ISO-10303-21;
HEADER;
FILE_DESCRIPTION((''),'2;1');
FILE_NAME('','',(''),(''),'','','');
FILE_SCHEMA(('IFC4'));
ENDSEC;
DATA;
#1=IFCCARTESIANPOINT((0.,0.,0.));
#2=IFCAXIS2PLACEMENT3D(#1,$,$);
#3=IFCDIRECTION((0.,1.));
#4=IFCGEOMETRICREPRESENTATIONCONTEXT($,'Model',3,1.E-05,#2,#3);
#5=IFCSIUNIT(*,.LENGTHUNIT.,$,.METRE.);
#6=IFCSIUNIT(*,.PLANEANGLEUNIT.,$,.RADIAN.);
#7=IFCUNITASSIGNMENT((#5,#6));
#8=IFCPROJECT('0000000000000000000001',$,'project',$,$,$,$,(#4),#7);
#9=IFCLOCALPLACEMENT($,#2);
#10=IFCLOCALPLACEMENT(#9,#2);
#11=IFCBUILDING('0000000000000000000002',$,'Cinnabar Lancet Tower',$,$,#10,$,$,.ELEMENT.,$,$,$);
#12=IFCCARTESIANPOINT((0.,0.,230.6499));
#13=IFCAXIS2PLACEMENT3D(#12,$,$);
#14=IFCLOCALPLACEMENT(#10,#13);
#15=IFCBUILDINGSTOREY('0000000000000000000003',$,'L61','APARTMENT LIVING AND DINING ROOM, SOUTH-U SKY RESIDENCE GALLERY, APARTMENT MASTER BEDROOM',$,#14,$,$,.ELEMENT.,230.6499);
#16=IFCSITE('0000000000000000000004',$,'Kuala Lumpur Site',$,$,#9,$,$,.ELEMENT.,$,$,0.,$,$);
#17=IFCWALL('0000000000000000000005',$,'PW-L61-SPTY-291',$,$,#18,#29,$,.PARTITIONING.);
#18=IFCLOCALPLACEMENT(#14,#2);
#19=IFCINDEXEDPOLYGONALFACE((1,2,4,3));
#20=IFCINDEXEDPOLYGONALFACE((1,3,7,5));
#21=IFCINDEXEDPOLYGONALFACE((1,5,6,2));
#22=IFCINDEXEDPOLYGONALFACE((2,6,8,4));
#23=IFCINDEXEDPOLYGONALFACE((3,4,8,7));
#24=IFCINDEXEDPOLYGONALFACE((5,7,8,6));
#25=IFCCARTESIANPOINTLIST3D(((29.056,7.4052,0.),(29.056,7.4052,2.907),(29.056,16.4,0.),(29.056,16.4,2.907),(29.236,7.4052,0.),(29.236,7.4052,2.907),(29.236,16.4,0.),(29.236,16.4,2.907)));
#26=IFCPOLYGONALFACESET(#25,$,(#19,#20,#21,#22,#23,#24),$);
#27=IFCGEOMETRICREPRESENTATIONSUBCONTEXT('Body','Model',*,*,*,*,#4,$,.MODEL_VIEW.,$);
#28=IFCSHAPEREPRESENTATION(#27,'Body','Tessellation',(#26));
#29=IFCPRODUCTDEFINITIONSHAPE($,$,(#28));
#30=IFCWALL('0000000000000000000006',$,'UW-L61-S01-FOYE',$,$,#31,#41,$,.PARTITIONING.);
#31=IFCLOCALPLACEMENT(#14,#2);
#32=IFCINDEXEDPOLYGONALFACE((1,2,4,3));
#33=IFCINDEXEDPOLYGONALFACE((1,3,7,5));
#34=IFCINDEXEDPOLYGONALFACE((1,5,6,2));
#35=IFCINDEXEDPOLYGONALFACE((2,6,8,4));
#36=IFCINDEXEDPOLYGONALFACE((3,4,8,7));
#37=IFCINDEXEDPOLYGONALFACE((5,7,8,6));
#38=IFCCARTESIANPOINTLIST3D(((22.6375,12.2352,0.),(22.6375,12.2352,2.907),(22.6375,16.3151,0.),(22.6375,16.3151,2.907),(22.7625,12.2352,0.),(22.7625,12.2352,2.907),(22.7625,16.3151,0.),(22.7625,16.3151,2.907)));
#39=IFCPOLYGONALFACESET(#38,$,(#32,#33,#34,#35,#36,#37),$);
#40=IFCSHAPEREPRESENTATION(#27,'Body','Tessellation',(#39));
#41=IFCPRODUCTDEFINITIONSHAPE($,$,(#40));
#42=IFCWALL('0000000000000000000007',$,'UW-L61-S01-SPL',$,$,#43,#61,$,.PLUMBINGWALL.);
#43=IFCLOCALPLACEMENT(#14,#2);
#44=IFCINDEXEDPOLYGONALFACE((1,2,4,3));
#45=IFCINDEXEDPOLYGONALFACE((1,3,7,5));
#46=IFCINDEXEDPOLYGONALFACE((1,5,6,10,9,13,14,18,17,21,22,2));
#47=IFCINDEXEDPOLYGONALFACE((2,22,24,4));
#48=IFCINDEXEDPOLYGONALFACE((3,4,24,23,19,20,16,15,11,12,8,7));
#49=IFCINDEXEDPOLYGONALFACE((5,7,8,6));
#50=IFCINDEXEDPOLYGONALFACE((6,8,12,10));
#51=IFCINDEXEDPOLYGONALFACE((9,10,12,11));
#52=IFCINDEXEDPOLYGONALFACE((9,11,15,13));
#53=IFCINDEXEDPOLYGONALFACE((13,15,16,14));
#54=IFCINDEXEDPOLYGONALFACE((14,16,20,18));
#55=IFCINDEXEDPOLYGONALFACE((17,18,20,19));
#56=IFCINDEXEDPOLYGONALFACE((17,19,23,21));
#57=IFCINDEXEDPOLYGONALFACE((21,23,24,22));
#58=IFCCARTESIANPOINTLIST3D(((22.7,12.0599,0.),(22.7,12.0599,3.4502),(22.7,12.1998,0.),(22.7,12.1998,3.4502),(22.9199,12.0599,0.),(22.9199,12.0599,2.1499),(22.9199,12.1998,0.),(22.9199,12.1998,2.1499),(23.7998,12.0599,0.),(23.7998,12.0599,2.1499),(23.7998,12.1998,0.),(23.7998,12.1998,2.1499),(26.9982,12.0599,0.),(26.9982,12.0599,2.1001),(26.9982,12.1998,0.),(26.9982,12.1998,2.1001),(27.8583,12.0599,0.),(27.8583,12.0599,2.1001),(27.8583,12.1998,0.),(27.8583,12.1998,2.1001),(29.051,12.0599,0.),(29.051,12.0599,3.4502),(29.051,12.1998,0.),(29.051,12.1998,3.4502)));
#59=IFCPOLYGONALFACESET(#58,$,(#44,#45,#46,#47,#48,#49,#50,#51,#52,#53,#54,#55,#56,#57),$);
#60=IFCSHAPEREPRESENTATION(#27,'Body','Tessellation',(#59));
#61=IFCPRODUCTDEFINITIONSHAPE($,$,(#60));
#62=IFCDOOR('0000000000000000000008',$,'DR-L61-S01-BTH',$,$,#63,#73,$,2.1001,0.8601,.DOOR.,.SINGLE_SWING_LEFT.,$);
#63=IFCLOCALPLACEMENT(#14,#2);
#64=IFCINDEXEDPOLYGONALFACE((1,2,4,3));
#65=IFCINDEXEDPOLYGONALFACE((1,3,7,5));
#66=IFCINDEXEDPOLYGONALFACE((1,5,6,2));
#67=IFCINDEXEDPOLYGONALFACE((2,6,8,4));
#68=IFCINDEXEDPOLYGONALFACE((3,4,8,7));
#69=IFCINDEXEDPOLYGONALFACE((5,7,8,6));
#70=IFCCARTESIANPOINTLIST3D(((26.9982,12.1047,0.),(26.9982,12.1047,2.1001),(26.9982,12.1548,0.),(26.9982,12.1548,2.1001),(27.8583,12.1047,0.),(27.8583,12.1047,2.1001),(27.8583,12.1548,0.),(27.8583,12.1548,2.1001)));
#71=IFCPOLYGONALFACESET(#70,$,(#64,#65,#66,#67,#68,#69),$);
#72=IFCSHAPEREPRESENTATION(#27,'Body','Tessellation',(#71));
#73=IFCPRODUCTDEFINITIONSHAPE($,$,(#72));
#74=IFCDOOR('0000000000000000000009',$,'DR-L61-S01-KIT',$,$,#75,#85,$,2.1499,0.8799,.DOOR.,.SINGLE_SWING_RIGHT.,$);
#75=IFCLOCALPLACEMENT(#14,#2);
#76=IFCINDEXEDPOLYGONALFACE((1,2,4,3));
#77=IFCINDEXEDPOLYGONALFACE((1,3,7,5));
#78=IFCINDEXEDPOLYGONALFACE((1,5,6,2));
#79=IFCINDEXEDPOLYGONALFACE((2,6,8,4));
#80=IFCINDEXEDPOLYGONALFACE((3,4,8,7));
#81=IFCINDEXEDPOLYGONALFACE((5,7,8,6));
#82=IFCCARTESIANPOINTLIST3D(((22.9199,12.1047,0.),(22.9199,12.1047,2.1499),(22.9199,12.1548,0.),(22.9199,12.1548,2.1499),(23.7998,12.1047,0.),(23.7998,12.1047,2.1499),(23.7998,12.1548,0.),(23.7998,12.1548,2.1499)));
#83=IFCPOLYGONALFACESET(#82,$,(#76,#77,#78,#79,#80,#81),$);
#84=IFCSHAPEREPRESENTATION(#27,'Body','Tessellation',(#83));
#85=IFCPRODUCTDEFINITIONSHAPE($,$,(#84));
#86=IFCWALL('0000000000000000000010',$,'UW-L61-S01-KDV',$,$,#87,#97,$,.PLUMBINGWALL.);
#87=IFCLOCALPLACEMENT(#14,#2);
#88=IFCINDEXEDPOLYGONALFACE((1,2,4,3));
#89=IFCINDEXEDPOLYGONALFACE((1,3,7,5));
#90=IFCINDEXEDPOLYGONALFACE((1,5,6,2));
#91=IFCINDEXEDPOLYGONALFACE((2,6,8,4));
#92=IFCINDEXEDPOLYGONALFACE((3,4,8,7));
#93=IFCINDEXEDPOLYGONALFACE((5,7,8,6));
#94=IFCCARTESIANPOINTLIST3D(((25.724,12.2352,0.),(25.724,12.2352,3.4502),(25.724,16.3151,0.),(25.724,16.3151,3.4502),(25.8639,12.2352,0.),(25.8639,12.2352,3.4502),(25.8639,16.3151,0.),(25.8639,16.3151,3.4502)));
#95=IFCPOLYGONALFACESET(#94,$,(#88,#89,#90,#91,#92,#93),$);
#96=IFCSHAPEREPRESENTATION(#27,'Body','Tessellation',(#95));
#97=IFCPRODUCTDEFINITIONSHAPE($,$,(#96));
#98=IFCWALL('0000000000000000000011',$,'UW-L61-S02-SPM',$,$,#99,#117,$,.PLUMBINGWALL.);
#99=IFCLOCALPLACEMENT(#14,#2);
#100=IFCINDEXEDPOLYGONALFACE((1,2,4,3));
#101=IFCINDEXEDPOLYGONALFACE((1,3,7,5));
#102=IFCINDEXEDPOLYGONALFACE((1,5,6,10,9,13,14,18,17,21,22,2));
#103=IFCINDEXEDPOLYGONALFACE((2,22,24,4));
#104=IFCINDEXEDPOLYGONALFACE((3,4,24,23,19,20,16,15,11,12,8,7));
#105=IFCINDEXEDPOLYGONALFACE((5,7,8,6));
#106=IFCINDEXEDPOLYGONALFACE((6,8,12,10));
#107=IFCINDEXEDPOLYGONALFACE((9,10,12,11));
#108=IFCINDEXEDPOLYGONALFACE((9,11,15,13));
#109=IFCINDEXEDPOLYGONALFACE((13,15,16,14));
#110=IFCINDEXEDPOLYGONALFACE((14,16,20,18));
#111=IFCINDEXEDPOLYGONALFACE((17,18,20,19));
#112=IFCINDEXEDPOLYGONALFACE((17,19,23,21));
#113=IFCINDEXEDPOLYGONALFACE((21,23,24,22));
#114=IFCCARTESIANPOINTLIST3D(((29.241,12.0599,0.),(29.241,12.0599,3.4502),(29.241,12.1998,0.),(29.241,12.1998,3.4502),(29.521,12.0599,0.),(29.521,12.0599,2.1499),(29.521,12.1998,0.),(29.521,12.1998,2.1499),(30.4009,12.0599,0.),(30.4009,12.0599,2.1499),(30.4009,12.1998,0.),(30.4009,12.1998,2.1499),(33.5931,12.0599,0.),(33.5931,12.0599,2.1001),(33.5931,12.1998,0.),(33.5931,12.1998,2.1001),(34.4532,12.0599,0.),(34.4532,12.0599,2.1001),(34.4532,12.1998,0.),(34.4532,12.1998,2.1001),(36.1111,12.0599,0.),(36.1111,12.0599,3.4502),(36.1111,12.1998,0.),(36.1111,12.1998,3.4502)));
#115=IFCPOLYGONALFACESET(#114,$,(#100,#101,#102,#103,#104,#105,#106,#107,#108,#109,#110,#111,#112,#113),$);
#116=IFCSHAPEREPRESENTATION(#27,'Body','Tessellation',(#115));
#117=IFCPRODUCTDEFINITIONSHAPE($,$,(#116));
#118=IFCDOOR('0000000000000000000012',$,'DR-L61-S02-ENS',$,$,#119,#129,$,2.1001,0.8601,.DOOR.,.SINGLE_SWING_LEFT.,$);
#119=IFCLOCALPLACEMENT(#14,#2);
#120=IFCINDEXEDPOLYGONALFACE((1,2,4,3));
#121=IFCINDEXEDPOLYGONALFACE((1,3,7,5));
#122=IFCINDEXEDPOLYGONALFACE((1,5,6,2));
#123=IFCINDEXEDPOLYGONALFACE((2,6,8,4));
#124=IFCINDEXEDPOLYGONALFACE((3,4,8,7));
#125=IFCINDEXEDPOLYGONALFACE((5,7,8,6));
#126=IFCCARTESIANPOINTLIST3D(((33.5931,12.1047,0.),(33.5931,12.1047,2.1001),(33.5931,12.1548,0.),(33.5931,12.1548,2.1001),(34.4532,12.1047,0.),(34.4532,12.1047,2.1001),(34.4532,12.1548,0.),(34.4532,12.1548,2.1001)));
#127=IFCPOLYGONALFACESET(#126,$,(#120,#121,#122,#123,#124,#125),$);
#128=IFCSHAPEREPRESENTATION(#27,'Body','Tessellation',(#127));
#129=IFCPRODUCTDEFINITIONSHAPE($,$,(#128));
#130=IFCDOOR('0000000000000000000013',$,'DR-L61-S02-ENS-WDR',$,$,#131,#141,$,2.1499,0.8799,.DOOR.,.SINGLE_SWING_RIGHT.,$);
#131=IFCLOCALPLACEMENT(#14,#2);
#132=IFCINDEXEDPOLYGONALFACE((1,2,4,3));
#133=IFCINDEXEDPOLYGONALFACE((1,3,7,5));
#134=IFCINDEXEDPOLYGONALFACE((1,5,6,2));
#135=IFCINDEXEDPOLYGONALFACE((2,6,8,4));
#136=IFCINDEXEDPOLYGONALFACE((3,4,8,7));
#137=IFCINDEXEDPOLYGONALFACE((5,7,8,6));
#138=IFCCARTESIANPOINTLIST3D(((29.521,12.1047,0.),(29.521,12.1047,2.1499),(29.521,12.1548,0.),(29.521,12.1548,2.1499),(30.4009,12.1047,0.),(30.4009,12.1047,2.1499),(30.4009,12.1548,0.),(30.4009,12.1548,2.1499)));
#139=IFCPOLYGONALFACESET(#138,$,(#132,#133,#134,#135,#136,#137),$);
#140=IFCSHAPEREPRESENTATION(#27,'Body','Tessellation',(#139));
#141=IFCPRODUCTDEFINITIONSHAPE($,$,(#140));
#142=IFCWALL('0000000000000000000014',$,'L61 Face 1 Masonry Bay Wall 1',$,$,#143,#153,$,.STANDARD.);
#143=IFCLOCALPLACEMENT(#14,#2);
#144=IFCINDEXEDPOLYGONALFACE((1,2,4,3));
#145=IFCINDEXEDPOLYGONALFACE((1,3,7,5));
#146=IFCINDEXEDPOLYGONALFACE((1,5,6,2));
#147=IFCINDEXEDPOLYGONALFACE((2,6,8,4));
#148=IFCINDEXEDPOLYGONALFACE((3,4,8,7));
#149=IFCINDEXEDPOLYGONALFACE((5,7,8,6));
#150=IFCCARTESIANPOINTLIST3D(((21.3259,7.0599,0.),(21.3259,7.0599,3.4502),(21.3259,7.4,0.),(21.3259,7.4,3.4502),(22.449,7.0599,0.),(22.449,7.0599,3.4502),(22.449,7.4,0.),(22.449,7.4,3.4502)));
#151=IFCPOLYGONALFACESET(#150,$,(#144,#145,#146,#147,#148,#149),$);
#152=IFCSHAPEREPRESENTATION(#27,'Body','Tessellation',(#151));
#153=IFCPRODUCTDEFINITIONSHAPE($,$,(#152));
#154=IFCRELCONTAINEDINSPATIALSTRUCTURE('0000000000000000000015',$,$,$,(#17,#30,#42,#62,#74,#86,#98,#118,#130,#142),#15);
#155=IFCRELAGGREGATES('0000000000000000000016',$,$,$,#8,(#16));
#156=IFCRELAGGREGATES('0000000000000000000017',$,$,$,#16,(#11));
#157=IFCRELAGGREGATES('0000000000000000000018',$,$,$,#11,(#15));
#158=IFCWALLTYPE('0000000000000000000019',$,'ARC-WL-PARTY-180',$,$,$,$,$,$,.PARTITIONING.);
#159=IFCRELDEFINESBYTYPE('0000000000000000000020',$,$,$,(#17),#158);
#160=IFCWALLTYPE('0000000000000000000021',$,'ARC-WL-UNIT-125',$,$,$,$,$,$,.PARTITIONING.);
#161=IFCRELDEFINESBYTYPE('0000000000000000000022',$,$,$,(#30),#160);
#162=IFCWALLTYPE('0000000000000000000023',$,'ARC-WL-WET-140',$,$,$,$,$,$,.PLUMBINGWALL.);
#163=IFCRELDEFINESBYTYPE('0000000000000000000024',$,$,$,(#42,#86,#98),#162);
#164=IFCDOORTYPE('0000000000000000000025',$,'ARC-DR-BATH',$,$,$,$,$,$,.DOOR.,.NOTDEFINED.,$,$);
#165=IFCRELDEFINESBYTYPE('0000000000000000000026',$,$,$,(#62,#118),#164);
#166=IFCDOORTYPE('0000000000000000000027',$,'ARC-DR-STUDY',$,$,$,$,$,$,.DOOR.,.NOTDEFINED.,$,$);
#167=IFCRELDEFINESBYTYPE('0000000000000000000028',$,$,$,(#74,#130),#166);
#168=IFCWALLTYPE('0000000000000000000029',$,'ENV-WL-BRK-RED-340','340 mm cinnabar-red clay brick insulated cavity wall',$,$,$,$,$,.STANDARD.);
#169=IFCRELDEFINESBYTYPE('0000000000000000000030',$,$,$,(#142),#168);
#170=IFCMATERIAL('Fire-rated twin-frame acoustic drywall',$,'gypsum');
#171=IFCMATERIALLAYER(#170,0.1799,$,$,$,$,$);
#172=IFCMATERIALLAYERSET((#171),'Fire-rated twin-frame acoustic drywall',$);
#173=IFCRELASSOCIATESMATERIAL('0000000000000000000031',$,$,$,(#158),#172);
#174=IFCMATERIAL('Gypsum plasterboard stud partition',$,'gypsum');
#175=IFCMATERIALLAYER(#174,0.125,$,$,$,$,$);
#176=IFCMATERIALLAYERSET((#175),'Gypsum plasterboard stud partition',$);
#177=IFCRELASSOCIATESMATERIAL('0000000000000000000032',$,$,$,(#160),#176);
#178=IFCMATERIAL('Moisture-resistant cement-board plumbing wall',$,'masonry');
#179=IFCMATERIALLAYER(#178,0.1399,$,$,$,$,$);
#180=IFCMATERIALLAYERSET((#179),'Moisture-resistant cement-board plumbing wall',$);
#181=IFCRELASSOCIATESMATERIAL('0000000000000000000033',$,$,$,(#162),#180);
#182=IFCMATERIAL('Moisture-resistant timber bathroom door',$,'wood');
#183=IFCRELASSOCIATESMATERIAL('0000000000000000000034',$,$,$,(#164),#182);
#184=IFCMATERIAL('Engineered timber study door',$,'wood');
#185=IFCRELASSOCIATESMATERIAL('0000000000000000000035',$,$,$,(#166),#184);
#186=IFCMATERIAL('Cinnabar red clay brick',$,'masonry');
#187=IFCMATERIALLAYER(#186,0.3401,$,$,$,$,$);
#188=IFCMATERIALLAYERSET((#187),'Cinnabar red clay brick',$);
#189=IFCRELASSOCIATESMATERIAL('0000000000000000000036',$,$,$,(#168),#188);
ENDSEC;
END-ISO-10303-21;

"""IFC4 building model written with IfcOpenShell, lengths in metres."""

from ifc_helpers import new_model, si_unit, direction, frame, frame_2d, origin, place, context, subcontext, project, spatial, rectangle, extrude, material, layer, layer_set, type_object, element, fill, save


model = new_model("IFC4")

# Units and contexts
model_context = context("Model", 3, precision=1e-05, world=origin(), true_north=direction((0.0, 1.0)))
body_context = subcontext(model_context, "Body", "Model", "MODEL_VIEW")
ifc_project = project(units=[si_unit("LENGTHUNIT", "METRE"), si_unit("PLANEANGLEUNIT", "RADIAN")], contexts=[model_context])

# Site, building, storey
site_placement = place(None, origin())
site = spatial("IfcSite", under=ifc_project, at=site_placement, Name="Kuala Lumpur Site", CompositionType="ELEMENT", RefElevation=0.0)
building_placement = place(site_placement, origin())
building = spatial("IfcBuilding", under=site, at=building_placement, Name="Cinnabar Lancet Tower", CompositionType="ELEMENT")
storey_placement = place(building_placement, frame((0.0, 0.0, 230.6499)))
storey = spatial("IfcBuildingStorey", under=building, at=storey_placement, Name="L61", Description="APARTMENT LIVING AND DINING ROOM, SOUTH-U SKY RESIDENCE GALLERY, APARTMENT MASTER BEDROOM", CompositionType="ELEMENT", Elevation=230.6499)

# Walls
ifc_material_1 = material(Name="Fire-rated twin-frame acoustic drywall", Category="gypsum")
ifc_layer_1 = layer(ifc_material_1, 0.1799)
ifc_layer_set_1 = layer_set([ifc_layer_1], Name="Fire-rated twin-frame acoustic drywall")
wall_type_1 = type_object("IfcWallType", Name="ARC-WL-PARTY-180", PredefinedType="PARTITIONING", material=ifc_layer_set_1)
wall_1_placement = place(storey_placement, frame((29.146, 7.405, 0.0), z_axis=(0.0, 0.0, 1.0), x_axis=(0.0, 1.0, 0.0)))
element("IfcWall", 1, at=wall_1_placement, inside=storey, type_object=wall_type_1, Name="PW-L61-SPTY-291", PredefinedType="PARTITIONING", context=body_context, shape_type="SweptSolid", body=[
    extrude(rectangle(XDim=8.9949, YDim=0.1799, at=frame_2d((4.4976, 0.0))), origin(), (0.0, 0.0, 1.0), 2.907),
])
ifc_material_2 = material(Name="Gypsum plasterboard stud partition", Category="gypsum")
ifc_layer_2 = layer(ifc_material_2, 0.125)
ifc_layer_set_2 = layer_set([ifc_layer_2], Name="Gypsum plasterboard stud partition")
wall_type_2 = type_object("IfcWallType", Name="ARC-WL-UNIT-125", PredefinedType="PARTITIONING", material=ifc_layer_set_2)
wall_2_placement = place(storey_placement, frame((22.7, 12.2351, 0.0), z_axis=(0.0, 0.0, 1.0), x_axis=(0.0, 1.0, 0.0)))
element("IfcWall", 2, at=wall_2_placement, inside=storey, type_object=wall_type_2, Name="UW-L61-S01-FOYE", PredefinedType="PARTITIONING", context=body_context, shape_type="SweptSolid", body=[
    extrude(rectangle(XDim=4.0798, YDim=0.125, at=frame_2d((2.04, 0.0))), origin(), (0.0, 0.0, 1.0), 2.907),
])

# Wall, openings, doors
ifc_material_3 = material(Name="Moisture-resistant cement-board plumbing wall", Category="masonry")
ifc_layer_3 = layer(ifc_material_3, 0.1399)
ifc_layer_set_3 = layer_set([ifc_layer_3], Name="Moisture-resistant cement-board plumbing wall")
wall_type_3 = type_object("IfcWallType", Name="ARC-WL-WET-140", PredefinedType="PLUMBINGWALL", material=ifc_layer_set_3)
wall_3_placement = place(storey_placement, frame((22.7, 12.1299, 0.0), z_axis=(0.0, 0.0, 1.0), x_axis=(1.0, 0.0, 0.0)))
wall_3 = element("IfcWall", 3, at=wall_3_placement, inside=storey, type_object=wall_type_3, Name="UW-L61-S01-SPL", PredefinedType="PLUMBINGWALL", context=body_context, shape_type="SweptSolid", body=[
    extrude(rectangle(XDim=6.3511, YDim=0.1399, at=frame_2d((3.1755, 0.0))), origin(), (0.0, 0.0, 1.0), 3.4502),
])
opening_1_placement = place(wall_3_placement, frame((4.2981, 0.0, 0.0)))
opening_1 = element("IfcOpeningElement", 4, at=opening_1_placement, cuts=wall_3, PredefinedType="OPENING", context=body_context, shape_type="SweptSolid", body=[
    extrude(rectangle(XDim=0.8601, YDim=2.1001, at=frame_2d((0.4302, 1.05))), frame((0.0, 0.0798, 0.0), z_axis=(0.0, -1.0, 0.0), x_axis=(1.0, 0.0, 0.0)), (0.0, 0.0, 1.0), 0.1599),
])
opening_2_placement = place(wall_3_placement, frame((0.22, 0.0, 0.0)))
opening_2 = element("IfcOpeningElement", 5, at=opening_2_placement, cuts=wall_3, PredefinedType="OPENING", context=body_context, shape_type="SweptSolid", body=[
    extrude(rectangle(XDim=0.8799, YDim=2.1499, at=frame_2d((0.4399, 1.075))), frame((0.0, 0.0798, 0.0), z_axis=(0.0, -1.0, 0.0), x_axis=(1.0, 0.0, 0.0)), (0.0, 0.0, 1.0), 0.1599),
])
ifc_material_4 = material(Name="Moisture-resistant timber bathroom door", Category="wood")
door_type_1 = type_object("IfcDoorType", Name="ARC-DR-BATH", OperationType="NOTDEFINED", PredefinedType="DOOR", material=ifc_material_4)
door_1_placement = place(opening_1_placement, origin())
door_1 = element("IfcDoor", 6, at=door_1_placement, inside=storey, type_object=door_type_1, Name="DR-L61-S01-BTH", OperationType="SINGLE_SWING_LEFT", OverallHeight=2.1001, OverallWidth=0.8601, PredefinedType="DOOR", context=body_context, shape_type="SweptSolid", body=[
    extrude(rectangle(XDim=0.8601, YDim=2.1001, at=frame_2d((0.4302, 1.05))), frame((0.0, 0.0249, 0.0), z_axis=(0.0, -1.0, 0.0), x_axis=(1.0, 0.0, 0.0)), (0.0, 0.0, 1.0), 0.05),
])
fill(opening_1, door_1)
ifc_material_5 = material(Name="Engineered timber study door", Category="wood")
door_type_2 = type_object("IfcDoorType", Name="ARC-DR-STUDY", OperationType="NOTDEFINED", PredefinedType="DOOR", material=ifc_material_5)
door_2_placement = place(opening_2_placement, origin())
door_2 = element("IfcDoor", 7, at=door_2_placement, inside=storey, type_object=door_type_2, Name="DR-L61-S01-KIT", OperationType="SINGLE_SWING_RIGHT", OverallHeight=2.1499, OverallWidth=0.8799, PredefinedType="DOOR", context=body_context, shape_type="SweptSolid", body=[
    extrude(rectangle(XDim=0.8799, YDim=2.1499, at=frame_2d((0.4399, 1.075))), frame((0.0, 0.0249, 0.0), z_axis=(0.0, -1.0, 0.0), x_axis=(1.0, 0.0, 0.0)), (0.0, 0.0, 1.0), 0.05),
])
fill(opening_2, door_2)

# Wall
wall_4_placement = place(storey_placement, frame((25.7939, 12.2351, 0.0), z_axis=(0.0, 0.0, 1.0), x_axis=(0.0, 1.0, 0.0)))
element("IfcWall", 8, at=wall_4_placement, inside=storey, type_object=wall_type_3, Name="UW-L61-S01-KDV", PredefinedType="PLUMBINGWALL", context=body_context, shape_type="SweptSolid", body=[
    extrude(rectangle(XDim=4.0798, YDim=0.1399, at=frame_2d((2.04, 0.0))), origin(), (0.0, 0.0, 1.0), 3.4502),
])

# Wall, openings, doors
wall_5_placement = place(storey_placement, frame((29.241, 12.1299, 0.0), z_axis=(0.0, 0.0, 1.0), x_axis=(1.0, 0.0, 0.0)))
wall_5 = element("IfcWall", 9, at=wall_5_placement, inside=storey, type_object=wall_type_3, Name="UW-L61-S02-SPM", PredefinedType="PLUMBINGWALL", context=body_context, shape_type="SweptSolid", body=[
    extrude(rectangle(XDim=6.8701, YDim=0.1399, at=frame_2d((3.4351, 0.0))), origin(), (0.0, 0.0, 1.0), 3.4502),
])
opening_3_placement = place(wall_5_placement, frame((0.28, 0.0, 0.0)))
opening_3 = element("IfcOpeningElement", 10, at=opening_3_placement, cuts=wall_5, PredefinedType="OPENING", context=body_context, shape_type="SweptSolid", body=[
    extrude(rectangle(XDim=0.8799, YDim=2.1499, at=frame_2d((0.4399, 1.075))), frame((0.0, 0.0798, 0.0), z_axis=(0.0, -1.0, 0.0), x_axis=(1.0, 0.0, 0.0)), (0.0, 0.0, 1.0), 0.1599),
])
opening_4_placement = place(wall_5_placement, frame((4.3521, 0.0, 0.0)))
opening_4 = element("IfcOpeningElement", 11, at=opening_4_placement, cuts=wall_5, PredefinedType="OPENING", context=body_context, shape_type="SweptSolid", body=[
    extrude(rectangle(XDim=0.8601, YDim=2.1001, at=frame_2d((0.4302, 1.05))), frame((0.0, 0.0798, 0.0), z_axis=(0.0, -1.0, 0.0), x_axis=(1.0, 0.0, 0.0)), (0.0, 0.0, 1.0), 0.1599),
])
door_3_placement = place(opening_4_placement, origin())
door_3 = element("IfcDoor", 12, at=door_3_placement, inside=storey, type_object=door_type_1, Name="DR-L61-S02-ENS", OperationType="SINGLE_SWING_LEFT", OverallHeight=2.1001, OverallWidth=0.8601, PredefinedType="DOOR", context=body_context, shape_type="SweptSolid", body=[
    extrude(rectangle(XDim=0.8601, YDim=2.1001, at=frame_2d((0.4302, 1.05))), frame((0.0, 0.0249, 0.0), z_axis=(0.0, -1.0, 0.0), x_axis=(1.0, 0.0, 0.0)), (0.0, 0.0, 1.0), 0.05),
])
fill(opening_4, door_3)
door_4_placement = place(opening_3_placement, origin())
door_4 = element("IfcDoor", 13, at=door_4_placement, inside=storey, type_object=door_type_2, Name="DR-L61-S02-ENS-WDR", OperationType="SINGLE_SWING_RIGHT", OverallHeight=2.1499, OverallWidth=0.8799, PredefinedType="DOOR", context=body_context, shape_type="SweptSolid", body=[
    extrude(rectangle(XDim=0.8799, YDim=2.1499, at=frame_2d((0.4399, 1.075))), frame((0.0, 0.0249, 0.0), z_axis=(0.0, -1.0, 0.0), x_axis=(1.0, 0.0, 0.0)), (0.0, 0.0, 1.0), 0.05),
])
fill(opening_3, door_4)

# Wall
ifc_material_6 = material(Name="Cinnabar red clay brick", Category="masonry")
ifc_layer_4 = layer(ifc_material_6, 0.3401)
ifc_layer_set_4 = layer_set([ifc_layer_4], Name="Cinnabar red clay brick")
wall_type_4 = type_object("IfcWallType", Name="ENV-WL-BRK-RED-340", Description="340 mm cinnabar-red clay brick insulated cavity wall", PredefinedType="STANDARD", material=ifc_layer_set_4)
wall_6_placement = place(storey_placement, frame((21.3259, 7.23, 0.0), z_axis=(0.0, 0.0, 1.0), x_axis=(1.0, 0.0, 0.0)))
element("IfcWall", 14, at=wall_6_placement, inside=storey, type_object=wall_type_4, Name="L61 Face 1 Masonry Bay Wall 1", PredefinedType="STANDARD", context=body_context, shape_type="SweptSolid", body=[
    extrude(rectangle(XDim=1.123, YDim=0.3401, at=frame_2d((0.5615, 0.0))), origin(), (0.0, 0.0, 1.0), 3.4502),
])

save(model, "model.ifc")
